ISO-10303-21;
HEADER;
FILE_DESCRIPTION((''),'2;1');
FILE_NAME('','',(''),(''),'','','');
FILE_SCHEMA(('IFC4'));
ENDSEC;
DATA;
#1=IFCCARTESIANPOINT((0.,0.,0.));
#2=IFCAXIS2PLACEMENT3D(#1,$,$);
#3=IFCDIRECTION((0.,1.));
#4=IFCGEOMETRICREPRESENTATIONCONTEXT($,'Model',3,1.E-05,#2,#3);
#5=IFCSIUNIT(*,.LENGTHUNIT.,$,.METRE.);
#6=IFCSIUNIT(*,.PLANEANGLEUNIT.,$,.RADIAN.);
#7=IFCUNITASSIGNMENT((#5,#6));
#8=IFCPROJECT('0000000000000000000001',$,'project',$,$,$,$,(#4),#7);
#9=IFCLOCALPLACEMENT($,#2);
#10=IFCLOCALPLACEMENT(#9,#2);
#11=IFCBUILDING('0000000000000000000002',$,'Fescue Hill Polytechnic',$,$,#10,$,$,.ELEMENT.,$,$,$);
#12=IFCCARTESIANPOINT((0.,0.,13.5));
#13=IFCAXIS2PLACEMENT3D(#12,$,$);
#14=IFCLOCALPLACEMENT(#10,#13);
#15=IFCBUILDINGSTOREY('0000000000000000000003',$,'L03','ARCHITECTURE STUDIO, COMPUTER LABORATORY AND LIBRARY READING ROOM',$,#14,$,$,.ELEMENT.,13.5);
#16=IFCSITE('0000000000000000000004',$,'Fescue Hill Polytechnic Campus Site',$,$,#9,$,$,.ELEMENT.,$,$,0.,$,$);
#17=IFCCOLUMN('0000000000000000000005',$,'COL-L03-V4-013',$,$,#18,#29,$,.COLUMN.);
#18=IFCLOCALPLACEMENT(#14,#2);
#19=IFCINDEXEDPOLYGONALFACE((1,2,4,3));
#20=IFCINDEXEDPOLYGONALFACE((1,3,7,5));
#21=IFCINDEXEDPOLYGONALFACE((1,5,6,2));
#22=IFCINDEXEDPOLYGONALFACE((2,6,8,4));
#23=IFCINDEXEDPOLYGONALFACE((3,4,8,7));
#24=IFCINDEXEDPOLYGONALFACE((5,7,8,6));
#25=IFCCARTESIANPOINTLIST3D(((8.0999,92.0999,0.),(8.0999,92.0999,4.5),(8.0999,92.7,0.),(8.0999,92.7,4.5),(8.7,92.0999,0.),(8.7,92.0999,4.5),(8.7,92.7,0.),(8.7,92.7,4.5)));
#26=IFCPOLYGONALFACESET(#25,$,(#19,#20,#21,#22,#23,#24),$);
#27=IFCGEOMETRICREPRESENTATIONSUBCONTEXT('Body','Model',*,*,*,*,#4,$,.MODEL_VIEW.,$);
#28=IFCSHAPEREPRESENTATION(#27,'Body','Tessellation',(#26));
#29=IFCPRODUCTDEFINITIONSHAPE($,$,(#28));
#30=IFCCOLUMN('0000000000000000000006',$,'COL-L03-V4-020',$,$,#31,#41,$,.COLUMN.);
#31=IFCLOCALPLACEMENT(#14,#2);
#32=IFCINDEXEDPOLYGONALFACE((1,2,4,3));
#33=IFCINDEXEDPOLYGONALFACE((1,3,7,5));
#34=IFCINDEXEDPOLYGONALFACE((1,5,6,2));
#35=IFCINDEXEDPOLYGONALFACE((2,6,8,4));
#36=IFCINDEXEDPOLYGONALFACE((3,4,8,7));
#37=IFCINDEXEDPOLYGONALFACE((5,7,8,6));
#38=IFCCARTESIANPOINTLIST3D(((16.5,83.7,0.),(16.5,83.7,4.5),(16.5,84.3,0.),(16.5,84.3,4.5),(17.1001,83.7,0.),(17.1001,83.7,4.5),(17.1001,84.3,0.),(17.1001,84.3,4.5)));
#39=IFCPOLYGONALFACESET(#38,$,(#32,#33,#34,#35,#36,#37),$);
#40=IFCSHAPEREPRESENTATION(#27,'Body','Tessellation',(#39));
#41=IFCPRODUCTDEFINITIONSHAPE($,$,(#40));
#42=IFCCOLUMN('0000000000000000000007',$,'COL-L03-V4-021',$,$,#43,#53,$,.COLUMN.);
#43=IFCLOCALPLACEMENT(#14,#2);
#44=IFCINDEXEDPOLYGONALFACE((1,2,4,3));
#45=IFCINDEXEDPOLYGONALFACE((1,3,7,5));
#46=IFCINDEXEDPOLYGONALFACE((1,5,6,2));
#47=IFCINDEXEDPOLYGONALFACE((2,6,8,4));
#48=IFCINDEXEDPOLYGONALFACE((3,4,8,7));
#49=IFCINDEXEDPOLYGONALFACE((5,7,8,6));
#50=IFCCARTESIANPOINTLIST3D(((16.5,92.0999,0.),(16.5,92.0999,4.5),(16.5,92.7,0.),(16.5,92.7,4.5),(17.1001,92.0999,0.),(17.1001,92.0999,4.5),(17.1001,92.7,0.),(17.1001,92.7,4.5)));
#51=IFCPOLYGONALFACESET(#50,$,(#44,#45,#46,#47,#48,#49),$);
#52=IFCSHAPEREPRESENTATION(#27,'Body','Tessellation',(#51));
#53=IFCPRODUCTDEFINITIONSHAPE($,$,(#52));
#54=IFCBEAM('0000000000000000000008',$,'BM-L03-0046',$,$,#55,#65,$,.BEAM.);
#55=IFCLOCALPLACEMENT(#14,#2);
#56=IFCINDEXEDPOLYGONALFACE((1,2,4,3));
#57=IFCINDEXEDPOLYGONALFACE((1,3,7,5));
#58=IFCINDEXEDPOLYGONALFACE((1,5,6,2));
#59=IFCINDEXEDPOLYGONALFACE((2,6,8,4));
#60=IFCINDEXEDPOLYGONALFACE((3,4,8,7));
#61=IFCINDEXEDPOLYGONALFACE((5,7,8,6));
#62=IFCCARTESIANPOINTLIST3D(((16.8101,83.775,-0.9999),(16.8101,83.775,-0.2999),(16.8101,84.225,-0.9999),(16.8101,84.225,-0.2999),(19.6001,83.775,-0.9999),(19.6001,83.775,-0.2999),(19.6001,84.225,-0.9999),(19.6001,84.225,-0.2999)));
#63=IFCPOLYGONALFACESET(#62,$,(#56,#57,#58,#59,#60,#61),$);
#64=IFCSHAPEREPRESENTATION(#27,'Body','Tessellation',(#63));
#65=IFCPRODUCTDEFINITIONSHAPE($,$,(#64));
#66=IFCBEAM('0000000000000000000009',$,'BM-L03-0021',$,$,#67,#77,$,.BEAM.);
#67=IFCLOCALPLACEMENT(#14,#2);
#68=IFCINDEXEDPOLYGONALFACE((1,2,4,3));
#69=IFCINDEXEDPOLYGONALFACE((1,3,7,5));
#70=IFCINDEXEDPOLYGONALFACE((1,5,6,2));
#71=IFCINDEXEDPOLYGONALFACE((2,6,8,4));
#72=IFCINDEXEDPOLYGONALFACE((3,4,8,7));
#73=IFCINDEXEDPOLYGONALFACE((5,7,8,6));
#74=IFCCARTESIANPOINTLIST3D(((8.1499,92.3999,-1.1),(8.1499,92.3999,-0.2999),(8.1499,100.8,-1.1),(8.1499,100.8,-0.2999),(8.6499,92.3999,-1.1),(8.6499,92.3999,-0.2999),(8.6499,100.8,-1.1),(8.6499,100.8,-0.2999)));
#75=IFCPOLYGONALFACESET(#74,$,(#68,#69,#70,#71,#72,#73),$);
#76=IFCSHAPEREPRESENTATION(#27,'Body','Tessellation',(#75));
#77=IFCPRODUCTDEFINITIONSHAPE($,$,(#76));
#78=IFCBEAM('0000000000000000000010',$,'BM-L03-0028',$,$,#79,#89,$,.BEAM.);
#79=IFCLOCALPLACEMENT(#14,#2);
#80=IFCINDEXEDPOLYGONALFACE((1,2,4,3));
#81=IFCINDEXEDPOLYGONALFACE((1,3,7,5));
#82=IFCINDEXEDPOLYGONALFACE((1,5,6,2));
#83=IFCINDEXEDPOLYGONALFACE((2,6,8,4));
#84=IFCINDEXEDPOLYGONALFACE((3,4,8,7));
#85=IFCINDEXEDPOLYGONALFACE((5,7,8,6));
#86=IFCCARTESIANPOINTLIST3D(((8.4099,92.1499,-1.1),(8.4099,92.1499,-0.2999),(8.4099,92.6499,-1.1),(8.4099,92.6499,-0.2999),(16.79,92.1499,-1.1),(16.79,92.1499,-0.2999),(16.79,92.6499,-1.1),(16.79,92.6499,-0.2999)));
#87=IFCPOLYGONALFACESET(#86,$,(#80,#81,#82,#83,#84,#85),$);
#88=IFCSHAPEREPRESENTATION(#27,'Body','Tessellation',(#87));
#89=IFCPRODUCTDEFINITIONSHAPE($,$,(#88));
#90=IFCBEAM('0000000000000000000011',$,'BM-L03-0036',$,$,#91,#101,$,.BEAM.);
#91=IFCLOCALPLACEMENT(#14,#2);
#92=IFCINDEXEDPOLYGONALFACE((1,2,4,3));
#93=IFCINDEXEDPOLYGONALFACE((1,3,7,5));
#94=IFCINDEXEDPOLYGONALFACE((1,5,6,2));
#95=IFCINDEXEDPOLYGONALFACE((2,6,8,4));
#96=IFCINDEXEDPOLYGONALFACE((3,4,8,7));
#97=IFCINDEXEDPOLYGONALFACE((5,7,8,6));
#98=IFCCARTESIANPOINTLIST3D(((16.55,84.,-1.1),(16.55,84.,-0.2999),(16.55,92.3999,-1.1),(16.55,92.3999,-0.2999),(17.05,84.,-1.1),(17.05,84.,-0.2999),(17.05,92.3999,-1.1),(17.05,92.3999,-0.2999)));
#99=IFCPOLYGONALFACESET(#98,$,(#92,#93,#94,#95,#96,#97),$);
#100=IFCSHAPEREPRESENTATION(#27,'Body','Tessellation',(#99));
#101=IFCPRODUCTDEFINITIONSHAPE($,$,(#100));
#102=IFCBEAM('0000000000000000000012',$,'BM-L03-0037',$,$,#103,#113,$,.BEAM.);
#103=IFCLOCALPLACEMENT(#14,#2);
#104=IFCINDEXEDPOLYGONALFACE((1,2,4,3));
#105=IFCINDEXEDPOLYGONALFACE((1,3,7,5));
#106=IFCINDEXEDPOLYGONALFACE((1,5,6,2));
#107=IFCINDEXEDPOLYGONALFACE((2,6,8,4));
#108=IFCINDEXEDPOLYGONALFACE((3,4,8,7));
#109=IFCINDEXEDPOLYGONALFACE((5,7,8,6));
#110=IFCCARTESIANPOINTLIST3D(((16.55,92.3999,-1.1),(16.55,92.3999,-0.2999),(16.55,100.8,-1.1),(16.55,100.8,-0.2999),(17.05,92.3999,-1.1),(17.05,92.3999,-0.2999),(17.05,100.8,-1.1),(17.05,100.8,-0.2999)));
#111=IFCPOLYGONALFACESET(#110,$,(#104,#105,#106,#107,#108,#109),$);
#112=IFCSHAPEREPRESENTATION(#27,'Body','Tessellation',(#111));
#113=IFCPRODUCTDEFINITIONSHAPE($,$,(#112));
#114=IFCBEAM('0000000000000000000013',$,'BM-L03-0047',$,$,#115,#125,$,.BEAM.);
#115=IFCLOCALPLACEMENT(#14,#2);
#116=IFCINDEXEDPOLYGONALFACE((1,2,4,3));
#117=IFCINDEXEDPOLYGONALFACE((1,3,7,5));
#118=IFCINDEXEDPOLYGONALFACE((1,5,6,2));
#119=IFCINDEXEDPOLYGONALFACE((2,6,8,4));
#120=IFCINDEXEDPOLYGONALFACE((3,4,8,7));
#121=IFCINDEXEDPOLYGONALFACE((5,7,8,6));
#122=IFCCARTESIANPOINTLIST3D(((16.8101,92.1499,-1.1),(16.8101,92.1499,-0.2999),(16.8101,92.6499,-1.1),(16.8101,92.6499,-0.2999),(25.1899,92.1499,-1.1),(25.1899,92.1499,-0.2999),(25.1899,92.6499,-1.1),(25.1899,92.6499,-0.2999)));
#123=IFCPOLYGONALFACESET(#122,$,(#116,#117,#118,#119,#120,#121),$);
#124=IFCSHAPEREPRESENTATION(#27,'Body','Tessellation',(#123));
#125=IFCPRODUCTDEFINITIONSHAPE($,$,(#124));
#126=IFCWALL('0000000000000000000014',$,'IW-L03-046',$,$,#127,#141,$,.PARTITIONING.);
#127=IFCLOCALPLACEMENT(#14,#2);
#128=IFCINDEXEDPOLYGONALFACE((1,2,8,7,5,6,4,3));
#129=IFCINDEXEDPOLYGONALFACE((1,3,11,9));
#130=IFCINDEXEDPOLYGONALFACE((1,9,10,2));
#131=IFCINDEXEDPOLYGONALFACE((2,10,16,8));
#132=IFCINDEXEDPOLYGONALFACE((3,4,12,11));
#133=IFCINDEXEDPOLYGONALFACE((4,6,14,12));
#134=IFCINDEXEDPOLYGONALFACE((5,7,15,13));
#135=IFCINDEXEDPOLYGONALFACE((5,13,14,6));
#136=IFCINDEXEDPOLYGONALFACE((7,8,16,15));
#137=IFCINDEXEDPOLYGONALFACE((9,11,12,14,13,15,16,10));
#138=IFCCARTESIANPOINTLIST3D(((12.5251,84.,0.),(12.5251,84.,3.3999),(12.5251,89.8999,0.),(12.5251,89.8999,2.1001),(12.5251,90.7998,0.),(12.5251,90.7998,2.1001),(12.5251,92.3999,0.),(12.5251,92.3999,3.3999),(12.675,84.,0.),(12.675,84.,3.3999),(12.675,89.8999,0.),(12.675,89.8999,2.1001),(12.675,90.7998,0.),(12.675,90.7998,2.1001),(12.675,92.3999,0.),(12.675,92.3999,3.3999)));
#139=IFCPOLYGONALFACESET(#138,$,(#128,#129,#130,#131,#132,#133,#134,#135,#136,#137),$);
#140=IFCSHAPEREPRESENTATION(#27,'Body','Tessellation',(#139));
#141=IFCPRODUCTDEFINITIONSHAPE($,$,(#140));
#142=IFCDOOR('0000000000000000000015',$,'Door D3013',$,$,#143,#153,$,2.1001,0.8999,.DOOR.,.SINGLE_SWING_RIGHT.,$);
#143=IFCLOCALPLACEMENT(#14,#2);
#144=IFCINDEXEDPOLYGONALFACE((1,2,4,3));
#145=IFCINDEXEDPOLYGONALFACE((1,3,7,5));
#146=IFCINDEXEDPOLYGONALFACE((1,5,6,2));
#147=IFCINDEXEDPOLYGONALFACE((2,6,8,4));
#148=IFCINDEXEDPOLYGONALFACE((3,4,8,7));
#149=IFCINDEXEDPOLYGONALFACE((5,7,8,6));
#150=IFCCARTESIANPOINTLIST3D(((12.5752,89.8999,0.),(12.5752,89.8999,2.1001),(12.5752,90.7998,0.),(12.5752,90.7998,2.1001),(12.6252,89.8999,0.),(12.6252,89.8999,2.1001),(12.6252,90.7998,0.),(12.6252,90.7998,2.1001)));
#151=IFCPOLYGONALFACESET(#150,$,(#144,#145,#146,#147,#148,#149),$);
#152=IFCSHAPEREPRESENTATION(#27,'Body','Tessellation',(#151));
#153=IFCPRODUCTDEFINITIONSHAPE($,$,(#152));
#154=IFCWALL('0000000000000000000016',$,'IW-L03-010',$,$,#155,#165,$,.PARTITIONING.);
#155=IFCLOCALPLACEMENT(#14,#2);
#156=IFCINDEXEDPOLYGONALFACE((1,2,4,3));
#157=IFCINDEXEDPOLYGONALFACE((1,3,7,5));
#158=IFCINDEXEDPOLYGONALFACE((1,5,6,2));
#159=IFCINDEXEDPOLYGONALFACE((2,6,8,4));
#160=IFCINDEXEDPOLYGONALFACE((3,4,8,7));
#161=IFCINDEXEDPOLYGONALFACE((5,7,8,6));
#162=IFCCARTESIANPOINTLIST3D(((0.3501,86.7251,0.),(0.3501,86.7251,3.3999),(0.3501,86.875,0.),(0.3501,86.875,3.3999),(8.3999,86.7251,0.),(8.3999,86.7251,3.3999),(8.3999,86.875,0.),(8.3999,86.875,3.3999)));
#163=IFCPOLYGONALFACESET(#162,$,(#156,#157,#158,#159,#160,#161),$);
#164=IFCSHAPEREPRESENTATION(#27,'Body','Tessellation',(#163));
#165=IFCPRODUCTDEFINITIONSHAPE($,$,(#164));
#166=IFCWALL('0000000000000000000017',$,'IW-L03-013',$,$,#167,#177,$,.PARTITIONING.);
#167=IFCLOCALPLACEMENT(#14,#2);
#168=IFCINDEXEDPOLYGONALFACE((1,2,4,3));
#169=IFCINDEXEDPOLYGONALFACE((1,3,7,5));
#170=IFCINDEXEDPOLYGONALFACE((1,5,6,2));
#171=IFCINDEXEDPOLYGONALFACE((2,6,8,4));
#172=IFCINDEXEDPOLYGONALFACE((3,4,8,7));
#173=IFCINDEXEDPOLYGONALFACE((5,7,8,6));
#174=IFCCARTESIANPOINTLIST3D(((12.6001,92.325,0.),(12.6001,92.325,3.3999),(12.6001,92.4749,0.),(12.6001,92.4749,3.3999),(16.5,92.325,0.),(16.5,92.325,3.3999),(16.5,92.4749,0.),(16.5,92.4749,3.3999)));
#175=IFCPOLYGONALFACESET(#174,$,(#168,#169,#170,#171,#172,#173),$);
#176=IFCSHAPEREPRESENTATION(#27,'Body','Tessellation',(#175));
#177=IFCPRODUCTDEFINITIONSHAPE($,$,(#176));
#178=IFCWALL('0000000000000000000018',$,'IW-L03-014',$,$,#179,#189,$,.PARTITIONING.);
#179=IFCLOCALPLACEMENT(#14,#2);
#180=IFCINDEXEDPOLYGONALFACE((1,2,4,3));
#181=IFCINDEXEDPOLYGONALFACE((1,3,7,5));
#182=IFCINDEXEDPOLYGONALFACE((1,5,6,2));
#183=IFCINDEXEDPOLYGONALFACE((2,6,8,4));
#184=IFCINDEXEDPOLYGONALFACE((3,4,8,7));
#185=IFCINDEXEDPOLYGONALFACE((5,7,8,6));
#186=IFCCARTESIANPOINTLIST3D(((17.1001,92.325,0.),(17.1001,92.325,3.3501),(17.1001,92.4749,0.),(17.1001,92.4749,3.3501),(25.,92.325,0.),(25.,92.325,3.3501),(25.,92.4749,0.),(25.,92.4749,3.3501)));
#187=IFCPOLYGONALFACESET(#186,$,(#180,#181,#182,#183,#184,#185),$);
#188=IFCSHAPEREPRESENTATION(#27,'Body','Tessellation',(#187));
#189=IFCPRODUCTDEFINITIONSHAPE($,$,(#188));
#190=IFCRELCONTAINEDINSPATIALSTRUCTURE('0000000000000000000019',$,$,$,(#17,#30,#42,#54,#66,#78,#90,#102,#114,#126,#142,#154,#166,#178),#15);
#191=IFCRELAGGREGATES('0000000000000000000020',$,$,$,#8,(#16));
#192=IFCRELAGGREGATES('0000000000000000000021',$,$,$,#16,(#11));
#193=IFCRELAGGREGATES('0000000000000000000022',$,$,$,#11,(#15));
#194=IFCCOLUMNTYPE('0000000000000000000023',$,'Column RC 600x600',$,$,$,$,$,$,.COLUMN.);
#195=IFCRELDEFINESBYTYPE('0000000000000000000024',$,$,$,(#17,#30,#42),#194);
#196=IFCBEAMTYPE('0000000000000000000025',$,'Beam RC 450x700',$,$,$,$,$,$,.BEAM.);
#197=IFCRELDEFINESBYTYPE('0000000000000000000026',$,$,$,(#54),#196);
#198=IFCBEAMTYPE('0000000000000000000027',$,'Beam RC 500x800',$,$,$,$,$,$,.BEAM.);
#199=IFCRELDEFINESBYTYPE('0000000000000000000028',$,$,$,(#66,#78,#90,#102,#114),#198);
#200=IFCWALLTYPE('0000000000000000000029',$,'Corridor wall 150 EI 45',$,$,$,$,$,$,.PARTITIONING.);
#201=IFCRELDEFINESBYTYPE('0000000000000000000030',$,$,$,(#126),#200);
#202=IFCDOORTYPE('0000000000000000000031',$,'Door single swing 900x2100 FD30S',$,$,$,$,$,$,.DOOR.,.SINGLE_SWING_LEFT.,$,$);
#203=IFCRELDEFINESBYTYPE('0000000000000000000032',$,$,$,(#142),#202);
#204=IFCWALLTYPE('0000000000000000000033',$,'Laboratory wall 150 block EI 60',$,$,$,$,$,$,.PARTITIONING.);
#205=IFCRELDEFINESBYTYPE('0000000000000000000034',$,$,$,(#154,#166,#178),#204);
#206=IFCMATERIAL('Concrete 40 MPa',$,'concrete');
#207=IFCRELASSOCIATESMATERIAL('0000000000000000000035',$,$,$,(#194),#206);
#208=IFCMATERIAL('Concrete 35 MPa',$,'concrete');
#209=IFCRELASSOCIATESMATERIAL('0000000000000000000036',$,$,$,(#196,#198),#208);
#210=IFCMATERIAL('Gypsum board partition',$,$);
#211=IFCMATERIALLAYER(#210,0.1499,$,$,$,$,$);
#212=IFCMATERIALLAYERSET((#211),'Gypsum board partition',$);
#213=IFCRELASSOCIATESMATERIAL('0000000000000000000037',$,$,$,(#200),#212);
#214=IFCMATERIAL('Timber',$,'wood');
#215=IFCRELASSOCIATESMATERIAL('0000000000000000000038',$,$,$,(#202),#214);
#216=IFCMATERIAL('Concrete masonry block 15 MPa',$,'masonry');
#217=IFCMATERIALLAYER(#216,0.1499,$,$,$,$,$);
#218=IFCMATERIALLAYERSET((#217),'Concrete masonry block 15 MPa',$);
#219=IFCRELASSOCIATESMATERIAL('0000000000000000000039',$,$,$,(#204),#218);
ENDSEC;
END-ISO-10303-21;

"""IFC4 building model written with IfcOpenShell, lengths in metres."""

from ifc_helpers import new_model, si_unit, direction, frame, frame_2d, origin, origin_2d, place, context, subcontext, project, spatial, rectangle, extrude, material, layer, layer_set, material_profile, profile_set, type_object, element, fill, save


model = new_model("IFC4")

# Units and contexts
model_context = context("Model", 3, precision=1e-05, world=origin(), true_north=direction((0.0, 1.0)))
body_context = subcontext(model_context, "Body", "Model", "MODEL_VIEW")
ifc_project = project(units=[si_unit("LENGTHUNIT", "METRE"), si_unit("PLANEANGLEUNIT", "RADIAN")], contexts=[model_context])

# Site, building, storey
site_placement = place(None, origin())
site = spatial("IfcSite", under=ifc_project, at=site_placement, Name="Fescue Hill Polytechnic Campus Site", CompositionType="ELEMENT", RefElevation=0.0)
building_placement = place(site_placement, origin())
building = spatial("IfcBuilding", under=site, at=building_placement, Name="Fescue Hill Polytechnic", CompositionType="ELEMENT")
storey_placement = place(building_placement, frame((0.0, 0.0, 13.5)))
storey = spatial("IfcBuildingStorey", under=building, at=storey_placement, Name="L03", Description="ARCHITECTURE STUDIO, COMPUTER LABORATORY AND LIBRARY READING ROOM", CompositionType="ELEMENT", Elevation=13.5)

# Columns
ifc_material_1 = material(Name="Concrete 40 MPa", Category="concrete")
ifc_material_profile_1 = material_profile(ifc_material_1, rectangle(XDim=0.6001, YDim=0.6001, at=origin_2d()), Name="RC 600x600")
ifc_profile_set_1 = profile_set([ifc_material_profile_1], Name="Concrete 40 MPa")
column_type = type_object("IfcColumnType", Name="Column RC 600x600", PredefinedType="COLUMN", material=ifc_profile_set_1)
for number, where, z_axis, x_axis, name in (
    (1, (8.3999, 92.3999, 0.0), (0.0, 0.0, 1.0), (1.0, 0.0, 0.0), "COL-L03-V4-013"),
    (2, (16.8, 84.0, 0.0), (0.0, 0.0, 1.0), (1.0, 0.0, 0.0), "COL-L03-V4-020"),
    (3, (16.8, 92.3999, 0.0), (0.0, 0.0, 1.0), (1.0, 0.0, 0.0), "COL-L03-V4-021"),
):
    element("IfcColumn", number, at=place(storey_placement, frame(where, z_axis=z_axis, x_axis=x_axis)), inside=storey, type_object=column_type, Name=name, PredefinedType="COLUMN", context=body_context, shape_type="SweptSolid", body=[
        extrude(rectangle(XDim=0.6001, YDim=0.6001, at=origin_2d()), origin(), (0.0, 0.0, 1.0), 4.5),
    ])

# Beams
ifc_material_2 = material(Name="Concrete 35 MPa", Category="concrete")
ifc_material_profile_2 = material_profile(ifc_material_2, rectangle(XDim=0.45, YDim=0.7, at=origin_2d()), Name="RC 450x700")
ifc_profile_set_2 = profile_set([ifc_material_profile_2], Name="Concrete 35 MPa")
beam_type_1 = type_object("IfcBeamType", Name="Beam RC 450x700", PredefinedType="BEAM", material=ifc_profile_set_2)
beam_1_placement = place(storey_placement, frame((16.8101, 84.0, -0.6499), z_axis=(1.0, 0.0, 0.0), x_axis=(0.0, 1.0, 0.0)))
element("IfcBeam", 4, at=beam_1_placement, inside=storey, type_object=beam_type_1, Name="BM-L03-0046", PredefinedType="BEAM", context=body_context, shape_type="SweptSolid", body=[
    extrude(rectangle(XDim=0.45, YDim=0.7, at=origin_2d()), origin(), (0.0, 0.0, 1.0), 2.79),
])
ifc_material_profile_3 = material_profile(ifc_material_2, rectangle(XDim=0.5, YDim=0.8, at=origin_2d()), Name="RC 500x800")
ifc_profile_set_3 = profile_set([ifc_material_profile_3], Name="Concrete 35 MPa")
beam_type_2 = type_object("IfcBeamType", Name="Beam RC 500x800", PredefinedType="BEAM", material=ifc_profile_set_3)
beam_2_placement = place(storey_placement, frame((8.3999, 92.3999, -0.7), z_axis=(0.0, 1.0, 0.0), x_axis=(-1.0, 0.0, 0.0)))
element("IfcBeam", 5, at=beam_2_placement, inside=storey, type_object=beam_type_2, Name="BM-L03-0021", PredefinedType="BEAM", context=body_context, shape_type="SweptSolid", body=[
    extrude(rectangle(XDim=0.5, YDim=0.8, at=origin_2d()), origin(), (0.0, 0.0, 1.0), 8.4001),
])
beam_3_placement = place(storey_placement, frame((8.4099, 92.3999, -0.7), z_axis=(1.0, 0.0, 0.0), x_axis=(0.0, 1.0, 0.0)))
element("IfcBeam", 6, at=beam_3_placement, inside=storey, type_object=beam_type_2, Name="BM-L03-0028", PredefinedType="BEAM", context=body_context, shape_type="SweptSolid", body=[
    extrude(rectangle(XDim=0.5, YDim=0.8, at=origin_2d()), origin(), (0.0, 0.0, 1.0), 8.3801),
])
beam_4_placement = place(storey_placement, frame((16.8, 84.0, -0.7), z_axis=(0.0, 1.0, 0.0), x_axis=(-1.0, 0.0, 0.0)))
element("IfcBeam", 7, at=beam_4_placement, inside=storey, type_object=beam_type_2, Name="BM-L03-0036", PredefinedType="BEAM", context=body_context, shape_type="SweptSolid", body=[
    extrude(rectangle(XDim=0.5, YDim=0.8, at=origin_2d()), origin(), (0.0, 0.0, 1.0), 8.3999),
])
beam_5_placement = place(storey_placement, frame((16.8, 92.3999, -0.7), z_axis=(0.0, 1.0, 0.0), x_axis=(-1.0, 0.0, 0.0)))
element("IfcBeam", 8, at=beam_5_placement, inside=storey, type_object=beam_type_2, Name="BM-L03-0037", PredefinedType="BEAM", context=body_context, shape_type="SweptSolid", body=[
    extrude(rectangle(XDim=0.5, YDim=0.8, at=origin_2d()), origin(), (0.0, 0.0, 1.0), 8.4001),
])
beam_6_placement = place(storey_placement, frame((16.8101, 92.3999, -0.7), z_axis=(1.0, 0.0, 0.0), x_axis=(0.0, 1.0, 0.0)))
element("IfcBeam", 9, at=beam_6_placement, inside=storey, type_object=beam_type_2, Name="BM-L03-0047", PredefinedType="BEAM", context=body_context, shape_type="SweptSolid", body=[
    extrude(rectangle(XDim=0.5, YDim=0.8, at=origin_2d()), origin(), (0.0, 0.0, 1.0), 8.3799),
])

# Wall, opening, door
ifc_material_3 = material(Name="Gypsum board partition")
ifc_layer_1 = layer(ifc_material_3, 0.1499)
ifc_layer_set_1 = layer_set([ifc_layer_1], Name="Gypsum board partition")
wall_type_1 = type_object("IfcWallType", Name="Corridor wall 150 EI 45", PredefinedType="PARTITIONING", material=ifc_layer_set_1)
wall_1_placement = place(storey_placement, frame((12.6001, 84.0, 0.0), z_axis=(0.0, 0.0, 1.0), x_axis=(0.0, 1.0, 0.0)))
wall_1 = element("IfcWall", 10, at=wall_1_placement, inside=storey, type_object=wall_type_1, Name="IW-L03-046", PredefinedType="PARTITIONING", context=body_context, shape_type="SweptSolid", body=[
    extrude(rectangle(XDim=8.3999, YDim=0.1499, at=frame_2d((4.2, 0.0))), origin(), (0.0, 0.0, 1.0), 3.3999),
])
opening_1_placement = place(wall_1_placement, frame((5.8999, 0.0, 0.0)))
opening_1 = element("IfcOpeningElement", 11, at=opening_1_placement, cuts=wall_1, PredefinedType="OPENING", context=body_context, shape_type="SweptSolid", body=[
    extrude(rectangle(XDim=0.8999, YDim=2.1001, at=frame_2d((0.45, 1.05))), frame((0.0, 0.085, 0.0), z_axis=(0.0, -1.0, 0.0), x_axis=(1.0, 0.0, 0.0)), (0.0, 0.0, 1.0), 0.1699),
])
ifc_material_4 = material(Name="Timber", Category="wood")
door_type_1 = type_object("IfcDoorType", Name="Door single swing 900x2100 FD30S", OperationType="SINGLE_SWING_LEFT", PredefinedType="DOOR", material=ifc_material_4)
door_1_placement = place(opening_1_placement, origin())
door_1 = element("IfcDoor", 12, at=door_1_placement, inside=storey, type_object=door_type_1, Name="Door D3013", OperationType="SINGLE_SWING_RIGHT", OverallHeight=2.1001, OverallWidth=0.8999, PredefinedType="DOOR", context=body_context, shape_type="SweptSolid", body=[
    extrude(rectangle(XDim=0.8999, YDim=2.1001, at=frame_2d((0.45, 1.05))), frame((0.0, 0.0249, 0.0), z_axis=(0.0, -1.0, 0.0), x_axis=(1.0, 0.0, 0.0)), (0.0, 0.0, 1.0), 0.05),
])
fill(opening_1, door_1)

# Walls
ifc_material_5 = material(Name="Concrete masonry block 15 MPa", Category="masonry")
ifc_layer_2 = layer(ifc_material_5, 0.1499)
ifc_layer_set_2 = layer_set([ifc_layer_2], Name="Concrete masonry block 15 MPa")
wall_type_2 = type_object("IfcWallType", Name="Laboratory wall 150 block EI 60", PredefinedType="PARTITIONING", material=ifc_layer_set_2)
wall_2_placement = place(storey_placement, frame((0.3501, 86.8, 0.0), z_axis=(0.0, 0.0, 1.0), x_axis=(1.0, 0.0, 0.0)))
element("IfcWall", 13, at=wall_2_placement, inside=storey, type_object=wall_type_2, Name="IW-L03-010", PredefinedType="PARTITIONING", context=body_context, shape_type="SweptSolid", body=[
    extrude(rectangle(XDim=8.0498, YDim=0.1499, at=frame_2d((4.0249, 0.0))), origin(), (0.0, 0.0, 1.0), 3.3999),
])
wall_3_placement = place(storey_placement, frame((12.6001, 92.3999, 0.0), z_axis=(0.0, 0.0, 1.0), x_axis=(1.0, 0.0, 0.0)))
element("IfcWall", 14, at=wall_3_placement, inside=storey, type_object=wall_type_2, Name="IW-L03-013", PredefinedType="PARTITIONING", context=body_context, shape_type="SweptSolid", body=[
    extrude(rectangle(XDim=3.8999, YDim=0.1499, at=frame_2d((1.95, 0.0))), origin(), (0.0, 0.0, 1.0), 3.3999),
])
wall_4_placement = place(storey_placement, frame((17.1001, 92.3999, 0.0), z_axis=(0.0, 0.0, 1.0), x_axis=(1.0, 0.0, 0.0)))
element("IfcWall", 15, at=wall_4_placement, inside=storey, type_object=wall_type_2, Name="IW-L03-014", PredefinedType="PARTITIONING", context=body_context, shape_type="SweptSolid", body=[
    extrude(rectangle(XDim=7.8999, YDim=0.1499, at=frame_2d((3.95, 0.0))), origin(), (0.0, 0.0, 1.0), 3.3501),
])

save(model, "model.ifc")
